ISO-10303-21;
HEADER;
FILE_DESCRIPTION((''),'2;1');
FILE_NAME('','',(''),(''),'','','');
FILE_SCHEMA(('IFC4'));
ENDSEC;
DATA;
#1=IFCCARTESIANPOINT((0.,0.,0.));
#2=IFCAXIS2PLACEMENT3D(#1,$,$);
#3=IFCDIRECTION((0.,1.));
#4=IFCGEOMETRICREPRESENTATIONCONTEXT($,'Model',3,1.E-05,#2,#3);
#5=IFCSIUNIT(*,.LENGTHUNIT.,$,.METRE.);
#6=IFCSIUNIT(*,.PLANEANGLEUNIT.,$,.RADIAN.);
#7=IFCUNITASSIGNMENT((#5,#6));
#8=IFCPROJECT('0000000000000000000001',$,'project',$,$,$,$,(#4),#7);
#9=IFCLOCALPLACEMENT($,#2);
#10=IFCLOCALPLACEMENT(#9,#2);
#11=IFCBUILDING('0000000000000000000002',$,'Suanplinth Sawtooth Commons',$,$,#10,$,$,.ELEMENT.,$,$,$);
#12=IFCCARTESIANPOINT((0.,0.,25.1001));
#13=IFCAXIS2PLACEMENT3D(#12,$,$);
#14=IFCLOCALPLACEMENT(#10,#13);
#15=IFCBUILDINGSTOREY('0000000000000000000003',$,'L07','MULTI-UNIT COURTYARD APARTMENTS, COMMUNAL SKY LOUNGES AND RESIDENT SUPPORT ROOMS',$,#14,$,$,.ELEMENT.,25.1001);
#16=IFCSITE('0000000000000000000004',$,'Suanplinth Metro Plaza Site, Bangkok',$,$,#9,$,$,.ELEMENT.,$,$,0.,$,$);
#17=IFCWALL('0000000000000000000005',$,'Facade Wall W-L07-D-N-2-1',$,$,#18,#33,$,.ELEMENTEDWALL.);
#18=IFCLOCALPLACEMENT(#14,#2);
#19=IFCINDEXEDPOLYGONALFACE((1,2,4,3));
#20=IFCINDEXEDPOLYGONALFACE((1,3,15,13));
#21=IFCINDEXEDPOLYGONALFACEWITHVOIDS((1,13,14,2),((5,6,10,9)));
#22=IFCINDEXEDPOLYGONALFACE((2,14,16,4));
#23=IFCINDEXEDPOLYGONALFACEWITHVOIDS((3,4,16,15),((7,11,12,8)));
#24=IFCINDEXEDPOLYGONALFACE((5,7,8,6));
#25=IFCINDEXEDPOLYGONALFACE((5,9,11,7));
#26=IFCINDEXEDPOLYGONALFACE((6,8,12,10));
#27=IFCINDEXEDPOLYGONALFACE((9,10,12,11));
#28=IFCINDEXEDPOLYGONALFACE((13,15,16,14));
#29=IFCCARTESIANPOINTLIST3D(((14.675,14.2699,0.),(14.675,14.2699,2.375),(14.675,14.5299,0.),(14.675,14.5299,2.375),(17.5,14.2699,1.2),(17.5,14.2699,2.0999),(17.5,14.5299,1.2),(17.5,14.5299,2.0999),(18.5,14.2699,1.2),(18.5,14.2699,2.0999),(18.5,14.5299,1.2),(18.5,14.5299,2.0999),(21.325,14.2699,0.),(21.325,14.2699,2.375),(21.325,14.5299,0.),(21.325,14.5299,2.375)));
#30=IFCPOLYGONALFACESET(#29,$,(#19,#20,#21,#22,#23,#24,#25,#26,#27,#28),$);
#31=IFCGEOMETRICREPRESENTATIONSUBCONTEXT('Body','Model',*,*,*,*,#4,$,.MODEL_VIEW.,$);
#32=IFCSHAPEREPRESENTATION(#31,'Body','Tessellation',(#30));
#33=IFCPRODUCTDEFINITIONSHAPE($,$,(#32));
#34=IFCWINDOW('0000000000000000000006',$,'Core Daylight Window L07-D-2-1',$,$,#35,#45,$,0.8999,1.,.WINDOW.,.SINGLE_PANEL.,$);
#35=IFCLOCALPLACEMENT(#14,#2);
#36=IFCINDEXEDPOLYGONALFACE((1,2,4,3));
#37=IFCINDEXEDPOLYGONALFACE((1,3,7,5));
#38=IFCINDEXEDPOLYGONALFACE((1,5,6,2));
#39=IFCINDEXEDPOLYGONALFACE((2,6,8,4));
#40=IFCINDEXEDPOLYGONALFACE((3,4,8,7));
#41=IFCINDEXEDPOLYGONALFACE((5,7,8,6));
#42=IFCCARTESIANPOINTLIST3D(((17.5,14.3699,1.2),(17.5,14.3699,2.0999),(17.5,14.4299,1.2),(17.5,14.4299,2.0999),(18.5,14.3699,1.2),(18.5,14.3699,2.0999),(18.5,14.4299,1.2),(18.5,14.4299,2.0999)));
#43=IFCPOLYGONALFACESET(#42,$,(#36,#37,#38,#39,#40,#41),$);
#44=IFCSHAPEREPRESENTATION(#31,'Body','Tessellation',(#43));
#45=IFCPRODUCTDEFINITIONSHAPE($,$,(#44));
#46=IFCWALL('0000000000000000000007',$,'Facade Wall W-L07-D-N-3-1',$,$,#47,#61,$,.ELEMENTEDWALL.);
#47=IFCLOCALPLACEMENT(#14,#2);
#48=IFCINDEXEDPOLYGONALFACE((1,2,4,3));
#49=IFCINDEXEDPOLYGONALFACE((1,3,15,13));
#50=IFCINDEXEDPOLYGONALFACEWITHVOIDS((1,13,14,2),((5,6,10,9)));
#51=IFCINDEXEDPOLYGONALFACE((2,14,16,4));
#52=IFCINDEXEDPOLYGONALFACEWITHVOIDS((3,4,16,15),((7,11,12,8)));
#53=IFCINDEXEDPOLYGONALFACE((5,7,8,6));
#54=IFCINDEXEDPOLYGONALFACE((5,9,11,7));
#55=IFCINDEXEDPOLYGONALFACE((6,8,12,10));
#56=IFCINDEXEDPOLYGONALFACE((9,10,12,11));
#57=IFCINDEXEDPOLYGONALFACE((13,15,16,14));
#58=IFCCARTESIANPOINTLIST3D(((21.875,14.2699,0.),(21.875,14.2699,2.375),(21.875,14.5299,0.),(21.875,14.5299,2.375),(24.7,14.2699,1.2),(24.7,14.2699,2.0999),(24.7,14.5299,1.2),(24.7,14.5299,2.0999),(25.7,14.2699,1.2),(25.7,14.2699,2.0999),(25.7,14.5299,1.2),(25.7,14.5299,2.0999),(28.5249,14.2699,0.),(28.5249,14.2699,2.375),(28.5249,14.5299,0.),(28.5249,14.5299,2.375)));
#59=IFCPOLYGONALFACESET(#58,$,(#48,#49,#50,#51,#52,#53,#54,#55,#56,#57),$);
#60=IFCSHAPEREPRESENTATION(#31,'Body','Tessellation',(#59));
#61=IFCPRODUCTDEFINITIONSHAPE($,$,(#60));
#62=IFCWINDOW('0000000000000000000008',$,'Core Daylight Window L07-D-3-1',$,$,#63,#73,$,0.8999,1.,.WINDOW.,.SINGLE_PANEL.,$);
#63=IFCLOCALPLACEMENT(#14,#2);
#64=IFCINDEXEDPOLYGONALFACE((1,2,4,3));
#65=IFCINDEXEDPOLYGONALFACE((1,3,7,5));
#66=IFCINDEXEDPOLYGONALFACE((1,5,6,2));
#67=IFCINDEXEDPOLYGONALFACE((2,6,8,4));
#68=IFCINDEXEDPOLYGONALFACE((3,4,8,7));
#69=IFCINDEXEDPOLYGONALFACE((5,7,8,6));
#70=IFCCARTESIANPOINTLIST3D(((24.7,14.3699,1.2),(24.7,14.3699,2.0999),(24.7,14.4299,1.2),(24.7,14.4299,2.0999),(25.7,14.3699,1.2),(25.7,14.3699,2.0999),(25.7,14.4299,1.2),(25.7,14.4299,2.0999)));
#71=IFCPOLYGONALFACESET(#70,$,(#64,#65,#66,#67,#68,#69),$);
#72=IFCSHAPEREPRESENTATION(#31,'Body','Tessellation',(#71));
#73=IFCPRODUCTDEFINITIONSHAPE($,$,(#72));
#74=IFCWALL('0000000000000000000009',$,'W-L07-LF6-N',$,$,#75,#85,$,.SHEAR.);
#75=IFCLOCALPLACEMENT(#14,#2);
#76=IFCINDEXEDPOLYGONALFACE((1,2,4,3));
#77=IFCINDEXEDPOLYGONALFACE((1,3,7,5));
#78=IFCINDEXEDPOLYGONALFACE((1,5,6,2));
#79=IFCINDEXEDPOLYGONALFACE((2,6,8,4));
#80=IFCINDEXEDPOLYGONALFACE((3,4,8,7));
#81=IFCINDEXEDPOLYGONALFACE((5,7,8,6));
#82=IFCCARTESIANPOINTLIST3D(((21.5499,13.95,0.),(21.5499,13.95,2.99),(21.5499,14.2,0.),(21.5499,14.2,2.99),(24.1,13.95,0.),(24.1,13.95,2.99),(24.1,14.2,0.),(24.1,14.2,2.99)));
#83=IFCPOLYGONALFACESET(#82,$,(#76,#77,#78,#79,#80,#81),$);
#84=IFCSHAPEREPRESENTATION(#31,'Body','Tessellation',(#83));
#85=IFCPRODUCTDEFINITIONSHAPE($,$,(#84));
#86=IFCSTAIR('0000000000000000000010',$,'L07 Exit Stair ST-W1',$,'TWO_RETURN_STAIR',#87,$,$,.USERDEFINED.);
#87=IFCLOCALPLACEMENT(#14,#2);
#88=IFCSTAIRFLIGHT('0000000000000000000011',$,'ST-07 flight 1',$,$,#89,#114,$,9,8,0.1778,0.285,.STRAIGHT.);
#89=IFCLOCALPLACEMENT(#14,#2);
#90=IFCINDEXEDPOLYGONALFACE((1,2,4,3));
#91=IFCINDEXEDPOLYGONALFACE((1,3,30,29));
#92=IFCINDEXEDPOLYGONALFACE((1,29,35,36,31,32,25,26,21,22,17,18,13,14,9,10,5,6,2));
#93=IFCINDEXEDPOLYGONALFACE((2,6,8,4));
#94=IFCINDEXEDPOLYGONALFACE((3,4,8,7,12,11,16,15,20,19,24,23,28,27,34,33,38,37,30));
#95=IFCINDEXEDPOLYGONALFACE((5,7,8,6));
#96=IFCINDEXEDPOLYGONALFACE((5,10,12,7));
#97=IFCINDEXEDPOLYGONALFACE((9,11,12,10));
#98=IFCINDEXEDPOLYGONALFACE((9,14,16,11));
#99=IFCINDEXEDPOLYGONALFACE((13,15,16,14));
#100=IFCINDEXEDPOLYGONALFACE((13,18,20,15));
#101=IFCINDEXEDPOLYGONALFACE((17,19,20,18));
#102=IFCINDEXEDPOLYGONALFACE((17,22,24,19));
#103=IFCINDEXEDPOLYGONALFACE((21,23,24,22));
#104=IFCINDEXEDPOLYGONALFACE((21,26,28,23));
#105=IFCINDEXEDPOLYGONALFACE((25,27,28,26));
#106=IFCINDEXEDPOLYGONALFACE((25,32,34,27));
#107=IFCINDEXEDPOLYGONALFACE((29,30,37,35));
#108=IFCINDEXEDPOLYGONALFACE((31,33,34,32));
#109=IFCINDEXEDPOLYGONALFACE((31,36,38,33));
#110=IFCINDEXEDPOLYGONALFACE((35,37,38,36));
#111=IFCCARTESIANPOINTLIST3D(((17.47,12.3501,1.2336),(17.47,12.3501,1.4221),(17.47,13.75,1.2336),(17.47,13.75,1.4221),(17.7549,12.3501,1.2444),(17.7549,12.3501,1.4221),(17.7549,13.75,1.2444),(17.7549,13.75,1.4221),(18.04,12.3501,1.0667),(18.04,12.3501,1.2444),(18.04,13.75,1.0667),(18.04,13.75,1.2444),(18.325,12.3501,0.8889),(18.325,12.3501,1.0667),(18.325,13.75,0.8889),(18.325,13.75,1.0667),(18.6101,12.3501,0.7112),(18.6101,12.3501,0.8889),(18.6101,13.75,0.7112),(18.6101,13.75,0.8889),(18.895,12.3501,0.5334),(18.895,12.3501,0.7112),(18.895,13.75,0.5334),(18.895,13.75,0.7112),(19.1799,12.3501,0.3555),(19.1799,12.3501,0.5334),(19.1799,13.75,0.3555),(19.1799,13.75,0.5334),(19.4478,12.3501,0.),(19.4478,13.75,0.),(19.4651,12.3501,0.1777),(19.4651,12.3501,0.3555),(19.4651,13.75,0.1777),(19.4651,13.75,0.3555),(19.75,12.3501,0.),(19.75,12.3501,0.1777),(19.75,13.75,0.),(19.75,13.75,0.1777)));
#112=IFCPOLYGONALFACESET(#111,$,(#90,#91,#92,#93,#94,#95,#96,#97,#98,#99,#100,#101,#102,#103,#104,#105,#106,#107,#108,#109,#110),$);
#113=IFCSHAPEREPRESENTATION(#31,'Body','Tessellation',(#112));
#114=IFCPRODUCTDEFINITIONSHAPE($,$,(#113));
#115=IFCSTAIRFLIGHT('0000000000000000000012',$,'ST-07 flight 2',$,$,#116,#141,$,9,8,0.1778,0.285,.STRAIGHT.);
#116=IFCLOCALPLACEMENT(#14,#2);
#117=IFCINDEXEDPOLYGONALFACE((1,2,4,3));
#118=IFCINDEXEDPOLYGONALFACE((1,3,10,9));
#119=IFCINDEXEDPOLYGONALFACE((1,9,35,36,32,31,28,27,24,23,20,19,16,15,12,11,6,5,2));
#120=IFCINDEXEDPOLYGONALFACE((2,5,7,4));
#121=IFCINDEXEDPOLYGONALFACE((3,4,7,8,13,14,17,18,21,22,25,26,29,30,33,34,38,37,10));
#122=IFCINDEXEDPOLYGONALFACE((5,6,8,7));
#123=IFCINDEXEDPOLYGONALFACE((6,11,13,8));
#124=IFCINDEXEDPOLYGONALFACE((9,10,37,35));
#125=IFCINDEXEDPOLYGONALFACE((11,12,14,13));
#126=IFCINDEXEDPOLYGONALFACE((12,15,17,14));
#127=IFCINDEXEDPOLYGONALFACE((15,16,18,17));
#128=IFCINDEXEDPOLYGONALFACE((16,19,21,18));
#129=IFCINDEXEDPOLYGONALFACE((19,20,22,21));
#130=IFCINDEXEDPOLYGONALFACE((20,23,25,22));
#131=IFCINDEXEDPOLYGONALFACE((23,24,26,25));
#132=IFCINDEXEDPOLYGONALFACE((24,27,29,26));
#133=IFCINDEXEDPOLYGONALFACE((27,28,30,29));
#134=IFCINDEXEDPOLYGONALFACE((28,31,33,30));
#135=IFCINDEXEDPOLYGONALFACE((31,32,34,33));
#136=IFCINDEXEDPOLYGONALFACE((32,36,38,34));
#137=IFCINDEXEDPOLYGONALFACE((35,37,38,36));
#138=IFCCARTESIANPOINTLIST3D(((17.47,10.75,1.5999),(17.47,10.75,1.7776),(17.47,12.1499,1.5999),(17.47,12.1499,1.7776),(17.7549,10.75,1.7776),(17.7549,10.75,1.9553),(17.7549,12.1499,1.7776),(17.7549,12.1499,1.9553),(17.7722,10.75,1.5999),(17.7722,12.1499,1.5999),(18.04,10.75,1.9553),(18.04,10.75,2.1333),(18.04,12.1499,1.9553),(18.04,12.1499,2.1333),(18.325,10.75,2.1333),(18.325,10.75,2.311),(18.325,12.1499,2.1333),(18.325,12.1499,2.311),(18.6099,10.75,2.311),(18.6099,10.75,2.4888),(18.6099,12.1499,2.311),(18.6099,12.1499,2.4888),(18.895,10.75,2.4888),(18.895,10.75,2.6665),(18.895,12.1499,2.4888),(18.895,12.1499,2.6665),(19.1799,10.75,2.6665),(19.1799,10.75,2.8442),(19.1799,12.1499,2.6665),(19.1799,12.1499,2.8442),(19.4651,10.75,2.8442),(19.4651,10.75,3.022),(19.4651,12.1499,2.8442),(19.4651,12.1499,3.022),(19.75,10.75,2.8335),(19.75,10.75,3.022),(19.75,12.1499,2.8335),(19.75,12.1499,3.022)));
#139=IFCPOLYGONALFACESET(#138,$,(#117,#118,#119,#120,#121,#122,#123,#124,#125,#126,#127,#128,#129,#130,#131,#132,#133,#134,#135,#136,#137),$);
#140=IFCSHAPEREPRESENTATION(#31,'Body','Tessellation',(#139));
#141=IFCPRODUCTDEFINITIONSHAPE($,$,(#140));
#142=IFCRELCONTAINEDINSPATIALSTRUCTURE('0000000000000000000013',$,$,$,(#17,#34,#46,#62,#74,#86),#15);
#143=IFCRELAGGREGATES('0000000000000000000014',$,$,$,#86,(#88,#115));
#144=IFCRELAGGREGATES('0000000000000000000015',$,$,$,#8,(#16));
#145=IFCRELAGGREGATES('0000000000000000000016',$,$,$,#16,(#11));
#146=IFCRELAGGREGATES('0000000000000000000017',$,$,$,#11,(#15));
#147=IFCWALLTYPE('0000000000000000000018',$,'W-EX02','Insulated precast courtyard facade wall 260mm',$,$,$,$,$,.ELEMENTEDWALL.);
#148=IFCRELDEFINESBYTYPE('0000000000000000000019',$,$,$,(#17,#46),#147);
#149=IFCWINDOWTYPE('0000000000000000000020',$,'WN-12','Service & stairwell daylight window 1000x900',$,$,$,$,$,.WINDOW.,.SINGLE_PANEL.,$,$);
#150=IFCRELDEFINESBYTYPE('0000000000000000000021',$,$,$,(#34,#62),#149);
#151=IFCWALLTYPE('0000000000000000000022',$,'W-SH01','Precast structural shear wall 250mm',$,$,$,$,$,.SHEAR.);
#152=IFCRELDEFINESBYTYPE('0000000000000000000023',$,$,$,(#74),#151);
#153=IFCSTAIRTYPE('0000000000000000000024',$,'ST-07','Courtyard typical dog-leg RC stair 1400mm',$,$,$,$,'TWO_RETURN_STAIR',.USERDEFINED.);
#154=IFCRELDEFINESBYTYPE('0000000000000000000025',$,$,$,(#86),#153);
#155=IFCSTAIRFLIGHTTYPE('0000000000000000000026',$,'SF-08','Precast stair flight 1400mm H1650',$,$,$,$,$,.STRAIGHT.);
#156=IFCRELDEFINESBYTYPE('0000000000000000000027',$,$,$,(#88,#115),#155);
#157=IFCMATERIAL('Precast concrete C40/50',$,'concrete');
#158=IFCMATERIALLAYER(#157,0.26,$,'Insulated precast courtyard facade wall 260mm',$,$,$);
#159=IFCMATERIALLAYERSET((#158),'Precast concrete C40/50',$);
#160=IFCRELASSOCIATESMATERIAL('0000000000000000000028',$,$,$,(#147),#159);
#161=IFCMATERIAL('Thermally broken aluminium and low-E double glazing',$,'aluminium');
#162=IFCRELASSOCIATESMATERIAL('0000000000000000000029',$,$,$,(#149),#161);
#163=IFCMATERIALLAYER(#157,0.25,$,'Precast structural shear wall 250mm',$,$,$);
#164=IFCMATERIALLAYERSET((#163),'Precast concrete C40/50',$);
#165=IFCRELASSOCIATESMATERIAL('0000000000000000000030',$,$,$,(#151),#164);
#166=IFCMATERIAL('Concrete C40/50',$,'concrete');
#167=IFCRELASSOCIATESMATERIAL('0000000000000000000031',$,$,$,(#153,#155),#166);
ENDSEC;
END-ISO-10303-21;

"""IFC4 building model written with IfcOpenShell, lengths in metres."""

from ifc_helpers import new_model, si_unit, direction, frame, frame_2d, origin, place, context, subcontext, project, spatial, polyline, rectangle, outline, extrude, material, layer, layer_set, type_object, element, fill, aggregate, save


model = new_model("IFC4")

# Units and contexts
model_context = context("Model", 3, precision=1e-05, world=origin(), true_north=direction((0.0, 1.0)))
body_context = subcontext(model_context, "Body", "Model", "MODEL_VIEW")
ifc_project = project(units=[si_unit("LENGTHUNIT", "METRE"), si_unit("PLANEANGLEUNIT", "RADIAN")], contexts=[model_context])

# Site, building, storey
site_placement = place(None, origin())
site = spatial("IfcSite", under=ifc_project, at=site_placement, Name="Suanplinth Metro Plaza Site, Bangkok", CompositionType="ELEMENT", RefElevation=0.0)
building_placement = place(site_placement, origin())
building = spatial("IfcBuilding", under=site, at=building_placement, Name="Suanplinth Sawtooth Commons", CompositionType="ELEMENT")
storey_placement = place(building_placement, frame((0.0, 0.0, 25.1001)))
storey = spatial("IfcBuildingStorey", under=building, at=storey_placement, Name="L07", Description="MULTI-UNIT COURTYARD APARTMENTS, COMMUNAL SKY LOUNGES AND RESIDENT SUPPORT ROOMS", CompositionType="ELEMENT", Elevation=25.1001)

# Shared definitions
ifc_material_1 = material(Name="Precast concrete C40/50", Category="concrete")

# Shared definitions
ifc_material_2 = material(Name="Concrete C40/50", Category="concrete")

# Walls, openings, windows
ifc_layer_1 = layer(ifc_material_1, 0.26, Name="Insulated precast courtyard facade wall 260mm")
ifc_layer_set_1 = layer_set([ifc_layer_1], Name="Precast concrete C40/50")
wall_type_1 = type_object("IfcWallType", Name="W-EX02", Description="Insulated precast courtyard facade wall 260mm", PredefinedType="ELEMENTEDWALL", material=ifc_layer_set_1)
wall_1_placement = place(storey_placement, frame((14.675, 14.3999, 0.0), z_axis=(0.0, 0.0, 1.0), x_axis=(1.0, 0.0, 0.0)))
wall_1 = element("IfcWall", 1, at=wall_1_placement, inside=storey, type_object=wall_type_1, Name="Facade Wall W-L07-D-N-2-1", PredefinedType="ELEMENTEDWALL", context=body_context, shape_type="SweptSolid", body=[
    extrude(rectangle(XDim=6.6499, YDim=0.26, at=frame_2d((3.325, 0.0))), origin(), (0.0, 0.0, 1.0), 2.375),
])
opening_1_placement = place(wall_1_placement, frame((2.825, 0.0, 1.2)))
opening_1 = element("IfcOpeningElement", 2, at=opening_1_placement, cuts=wall_1, PredefinedType="OPENING", context=body_context, shape_type="SweptSolid", body=[
    extrude(rectangle(XDim=1.0, YDim=0.8999, at=frame_2d((0.5, 0.45))), frame((0.0, 0.145, 0.0), z_axis=(0.0, -1.0, 0.0), x_axis=(1.0, 0.0, 0.0)), (0.0, 0.0, 1.0), 0.2898),
])
ifc_material_3 = material(Name="Thermally broken aluminium and low-E double glazing", Category="aluminium")
window_type = type_object("IfcWindowType", Name="WN-12", Description="Service & stairwell daylight window 1000x900", PartitioningType="SINGLE_PANEL", PredefinedType="WINDOW", material=ifc_material_3)
window_1_placement = place(opening_1_placement, origin())
window_1 = element("IfcWindow", 3, at=window_1_placement, inside=storey, type_object=window_type, Name="Core Daylight Window L07-D-2-1", OverallHeight=0.8999, OverallWidth=1.0, PartitioningType="SINGLE_PANEL", PredefinedType="WINDOW", context=body_context, shape_type="SweptSolid", body=[
    extrude(rectangle(XDim=1.0, YDim=0.8999, at=frame_2d((0.5, 0.45))), frame((0.0, 0.03, 0.0), z_axis=(0.0, -1.0, 0.0), x_axis=(1.0, 0.0, 0.0)), (0.0, 0.0, 1.0), 0.0601),
])
fill(opening_1, window_1)
wall_2_placement = place(storey_placement, frame((21.875, 14.3999, 0.0), z_axis=(0.0, 0.0, 1.0), x_axis=(1.0, 0.0, 0.0)))
wall_2 = element("IfcWall", 4, at=wall_2_placement, inside=storey, type_object=wall_type_1, Name="Facade Wall W-L07-D-N-3-1", PredefinedType="ELEMENTEDWALL", context=body_context, shape_type="SweptSolid", body=[
    extrude(rectangle(XDim=6.6499, YDim=0.26, at=frame_2d((3.325, 0.0))), origin(), (0.0, 0.0, 1.0), 2.375),
])
opening_2_placement = place(wall_2_placement, frame((2.825, 0.0, 1.2)))
opening_2 = element("IfcOpeningElement", 5, at=opening_2_placement, cuts=wall_2, PredefinedType="OPENING", context=body_context, shape_type="SweptSolid", body=[
    extrude(rectangle(XDim=1.0, YDim=0.8999, at=frame_2d((0.5, 0.45))), frame((0.0, 0.145, 0.0), z_axis=(0.0, -1.0, 0.0), x_axis=(1.0, 0.0, 0.0)), (0.0, 0.0, 1.0), 0.2898),
])
window_2_placement = place(opening_2_placement, origin())
window_2 = element("IfcWindow", 6, at=window_2_placement, inside=storey, type_object=window_type, Name="Core Daylight Window L07-D-3-1", OverallHeight=0.8999, OverallWidth=1.0, PartitioningType="SINGLE_PANEL", PredefinedType="WINDOW", context=body_context, shape_type="SweptSolid", body=[
    extrude(rectangle(XDim=1.0, YDim=0.8999, at=frame_2d((0.5, 0.45))), frame((0.0, 0.03, 0.0), z_axis=(0.0, -1.0, 0.0), x_axis=(1.0, 0.0, 0.0)), (0.0, 0.0, 1.0), 0.0601),
])
fill(opening_2, window_2)

# Shared definitions
ifc_layer_2 = layer(ifc_material_1, 0.25, Name="Precast structural shear wall 250mm")
ifc_layer_set_2 = layer_set([ifc_layer_2], Name="Precast concrete C40/50")
wall_type_2 = type_object("IfcWallType", Name="W-SH01", Description="Precast structural shear wall 250mm", PredefinedType="SHEAR", material=ifc_layer_set_2)

# Wall
wall_3_placement = place(storey_placement, frame((21.55, 14.075, 0.0), z_axis=(0.0, 0.0, 1.0), x_axis=(1.0, 0.0, 0.0)))
element("IfcWall", 7, at=wall_3_placement, inside=storey, type_object=wall_type_2, Name="W-L07-LF6-N", PredefinedType="SHEAR", context=body_context, shape_type="SweptSolid", body=[
    extrude(rectangle(XDim=2.55, YDim=0.25, at=frame_2d((1.2749, 0.0))), origin(), (0.0, 0.0, 1.0), 2.99),
])

# Stair, stair flights
stair_type = type_object("IfcStairType", Name="ST-07", Description="Courtyard typical dog-leg RC stair 1400mm", ElementType="TWO_RETURN_STAIR", PredefinedType="USERDEFINED", material=ifc_material_2)
stair_placement = place(storey_placement, origin())
stair = element("IfcStair", 8, at=stair_placement, inside=storey, type_object=stair_type, Name="L07 Exit Stair ST-W1", ObjectType="TWO_RETURN_STAIR", PredefinedType="USERDEFINED")
stair_flight_type = type_object("IfcStairFlightType", Name="SF-08", Description="Precast stair flight 1400mm H1650", PredefinedType="STRAIGHT", material=ifc_material_2)
stair_flight_1_placement = place(storey_placement, frame((19.75, 13.05, 0.0), z_axis=(0.0, 0.0, 1.0), x_axis=(-1.0, 0.0, 0.0)))
stair_flight_1 = element("IfcStairFlight", 9, at=stair_flight_1_placement, type_object=stair_flight_type, Name="ST-07 flight 1", NumberOfRisers=9, NumberOfTreads=8, PredefinedType="STRAIGHT", RiserHeight=0.1778, TreadLength=0.285, context=body_context, shape_type="SweptSolid", body=[
    extrude(outline(polyline([(0.0, 0.0), (0.0, 0.1777), (0.2849, 0.1777), (0.2849, 0.3555), (0.5701, 0.3555), (0.5701, 0.5334), (0.855, 0.5334), (0.855, 0.7112), (1.1399, 0.7112), (1.1399, 0.8889), (1.425, 0.8889), (1.425, 1.0667), (1.71, 1.0667), (1.71, 1.2444), (1.9951, 1.2444), (1.9951, 1.4221), (2.28, 1.4221), (2.28, 1.6001), (2.28, 1.2336), (0.3022, 0.0), (0.0, 0.0)])), frame((0.0, 0.7, 0.0), z_axis=(0.0, -1.0, 0.0), x_axis=(1.0, 0.0, 0.0)), (0.0, 0.0, 1.0), 1.3999),
])
stair_flight_2_placement = place(storey_placement, frame((17.47, 11.45, 1.5999), z_axis=(0.0, 0.0, 1.0), x_axis=(1.0, 0.0, 0.0)))
stair_flight_2 = element("IfcStairFlight", 10, at=stair_flight_2_placement, type_object=stair_flight_type, Name="ST-07 flight 2", NumberOfRisers=9, NumberOfTreads=8, PredefinedType="STRAIGHT", RiserHeight=0.1778, TreadLength=0.285, context=body_context, shape_type="SweptSolid", body=[
    extrude(outline(polyline([(0.0, 0.0), (0.0, 0.1777), (0.2849, 0.1777), (0.2849, 0.3555), (0.5701, 0.3555), (0.5701, 0.5334), (0.855, 0.5334), (0.855, 0.7112), (1.1399, 0.7112), (1.1399, 0.8889), (1.425, 0.8889), (1.425, 1.0667), (1.71, 1.0667), (1.71, 1.2444), (1.9951, 1.2444), (1.9951, 1.4221), (2.28, 1.4221), (2.28, 1.6001), (2.28, 1.2336), (0.3022, 0.0), (0.0, 0.0)])), frame((0.0, 0.7, 0.0), z_axis=(0.0, -1.0, 0.0), x_axis=(1.0, 0.0, 0.0)), (0.0, 0.0, 1.0), 1.3999),
])
aggregate(stair, [stair_flight_1, stair_flight_2])

save(model, "model.ifc")
